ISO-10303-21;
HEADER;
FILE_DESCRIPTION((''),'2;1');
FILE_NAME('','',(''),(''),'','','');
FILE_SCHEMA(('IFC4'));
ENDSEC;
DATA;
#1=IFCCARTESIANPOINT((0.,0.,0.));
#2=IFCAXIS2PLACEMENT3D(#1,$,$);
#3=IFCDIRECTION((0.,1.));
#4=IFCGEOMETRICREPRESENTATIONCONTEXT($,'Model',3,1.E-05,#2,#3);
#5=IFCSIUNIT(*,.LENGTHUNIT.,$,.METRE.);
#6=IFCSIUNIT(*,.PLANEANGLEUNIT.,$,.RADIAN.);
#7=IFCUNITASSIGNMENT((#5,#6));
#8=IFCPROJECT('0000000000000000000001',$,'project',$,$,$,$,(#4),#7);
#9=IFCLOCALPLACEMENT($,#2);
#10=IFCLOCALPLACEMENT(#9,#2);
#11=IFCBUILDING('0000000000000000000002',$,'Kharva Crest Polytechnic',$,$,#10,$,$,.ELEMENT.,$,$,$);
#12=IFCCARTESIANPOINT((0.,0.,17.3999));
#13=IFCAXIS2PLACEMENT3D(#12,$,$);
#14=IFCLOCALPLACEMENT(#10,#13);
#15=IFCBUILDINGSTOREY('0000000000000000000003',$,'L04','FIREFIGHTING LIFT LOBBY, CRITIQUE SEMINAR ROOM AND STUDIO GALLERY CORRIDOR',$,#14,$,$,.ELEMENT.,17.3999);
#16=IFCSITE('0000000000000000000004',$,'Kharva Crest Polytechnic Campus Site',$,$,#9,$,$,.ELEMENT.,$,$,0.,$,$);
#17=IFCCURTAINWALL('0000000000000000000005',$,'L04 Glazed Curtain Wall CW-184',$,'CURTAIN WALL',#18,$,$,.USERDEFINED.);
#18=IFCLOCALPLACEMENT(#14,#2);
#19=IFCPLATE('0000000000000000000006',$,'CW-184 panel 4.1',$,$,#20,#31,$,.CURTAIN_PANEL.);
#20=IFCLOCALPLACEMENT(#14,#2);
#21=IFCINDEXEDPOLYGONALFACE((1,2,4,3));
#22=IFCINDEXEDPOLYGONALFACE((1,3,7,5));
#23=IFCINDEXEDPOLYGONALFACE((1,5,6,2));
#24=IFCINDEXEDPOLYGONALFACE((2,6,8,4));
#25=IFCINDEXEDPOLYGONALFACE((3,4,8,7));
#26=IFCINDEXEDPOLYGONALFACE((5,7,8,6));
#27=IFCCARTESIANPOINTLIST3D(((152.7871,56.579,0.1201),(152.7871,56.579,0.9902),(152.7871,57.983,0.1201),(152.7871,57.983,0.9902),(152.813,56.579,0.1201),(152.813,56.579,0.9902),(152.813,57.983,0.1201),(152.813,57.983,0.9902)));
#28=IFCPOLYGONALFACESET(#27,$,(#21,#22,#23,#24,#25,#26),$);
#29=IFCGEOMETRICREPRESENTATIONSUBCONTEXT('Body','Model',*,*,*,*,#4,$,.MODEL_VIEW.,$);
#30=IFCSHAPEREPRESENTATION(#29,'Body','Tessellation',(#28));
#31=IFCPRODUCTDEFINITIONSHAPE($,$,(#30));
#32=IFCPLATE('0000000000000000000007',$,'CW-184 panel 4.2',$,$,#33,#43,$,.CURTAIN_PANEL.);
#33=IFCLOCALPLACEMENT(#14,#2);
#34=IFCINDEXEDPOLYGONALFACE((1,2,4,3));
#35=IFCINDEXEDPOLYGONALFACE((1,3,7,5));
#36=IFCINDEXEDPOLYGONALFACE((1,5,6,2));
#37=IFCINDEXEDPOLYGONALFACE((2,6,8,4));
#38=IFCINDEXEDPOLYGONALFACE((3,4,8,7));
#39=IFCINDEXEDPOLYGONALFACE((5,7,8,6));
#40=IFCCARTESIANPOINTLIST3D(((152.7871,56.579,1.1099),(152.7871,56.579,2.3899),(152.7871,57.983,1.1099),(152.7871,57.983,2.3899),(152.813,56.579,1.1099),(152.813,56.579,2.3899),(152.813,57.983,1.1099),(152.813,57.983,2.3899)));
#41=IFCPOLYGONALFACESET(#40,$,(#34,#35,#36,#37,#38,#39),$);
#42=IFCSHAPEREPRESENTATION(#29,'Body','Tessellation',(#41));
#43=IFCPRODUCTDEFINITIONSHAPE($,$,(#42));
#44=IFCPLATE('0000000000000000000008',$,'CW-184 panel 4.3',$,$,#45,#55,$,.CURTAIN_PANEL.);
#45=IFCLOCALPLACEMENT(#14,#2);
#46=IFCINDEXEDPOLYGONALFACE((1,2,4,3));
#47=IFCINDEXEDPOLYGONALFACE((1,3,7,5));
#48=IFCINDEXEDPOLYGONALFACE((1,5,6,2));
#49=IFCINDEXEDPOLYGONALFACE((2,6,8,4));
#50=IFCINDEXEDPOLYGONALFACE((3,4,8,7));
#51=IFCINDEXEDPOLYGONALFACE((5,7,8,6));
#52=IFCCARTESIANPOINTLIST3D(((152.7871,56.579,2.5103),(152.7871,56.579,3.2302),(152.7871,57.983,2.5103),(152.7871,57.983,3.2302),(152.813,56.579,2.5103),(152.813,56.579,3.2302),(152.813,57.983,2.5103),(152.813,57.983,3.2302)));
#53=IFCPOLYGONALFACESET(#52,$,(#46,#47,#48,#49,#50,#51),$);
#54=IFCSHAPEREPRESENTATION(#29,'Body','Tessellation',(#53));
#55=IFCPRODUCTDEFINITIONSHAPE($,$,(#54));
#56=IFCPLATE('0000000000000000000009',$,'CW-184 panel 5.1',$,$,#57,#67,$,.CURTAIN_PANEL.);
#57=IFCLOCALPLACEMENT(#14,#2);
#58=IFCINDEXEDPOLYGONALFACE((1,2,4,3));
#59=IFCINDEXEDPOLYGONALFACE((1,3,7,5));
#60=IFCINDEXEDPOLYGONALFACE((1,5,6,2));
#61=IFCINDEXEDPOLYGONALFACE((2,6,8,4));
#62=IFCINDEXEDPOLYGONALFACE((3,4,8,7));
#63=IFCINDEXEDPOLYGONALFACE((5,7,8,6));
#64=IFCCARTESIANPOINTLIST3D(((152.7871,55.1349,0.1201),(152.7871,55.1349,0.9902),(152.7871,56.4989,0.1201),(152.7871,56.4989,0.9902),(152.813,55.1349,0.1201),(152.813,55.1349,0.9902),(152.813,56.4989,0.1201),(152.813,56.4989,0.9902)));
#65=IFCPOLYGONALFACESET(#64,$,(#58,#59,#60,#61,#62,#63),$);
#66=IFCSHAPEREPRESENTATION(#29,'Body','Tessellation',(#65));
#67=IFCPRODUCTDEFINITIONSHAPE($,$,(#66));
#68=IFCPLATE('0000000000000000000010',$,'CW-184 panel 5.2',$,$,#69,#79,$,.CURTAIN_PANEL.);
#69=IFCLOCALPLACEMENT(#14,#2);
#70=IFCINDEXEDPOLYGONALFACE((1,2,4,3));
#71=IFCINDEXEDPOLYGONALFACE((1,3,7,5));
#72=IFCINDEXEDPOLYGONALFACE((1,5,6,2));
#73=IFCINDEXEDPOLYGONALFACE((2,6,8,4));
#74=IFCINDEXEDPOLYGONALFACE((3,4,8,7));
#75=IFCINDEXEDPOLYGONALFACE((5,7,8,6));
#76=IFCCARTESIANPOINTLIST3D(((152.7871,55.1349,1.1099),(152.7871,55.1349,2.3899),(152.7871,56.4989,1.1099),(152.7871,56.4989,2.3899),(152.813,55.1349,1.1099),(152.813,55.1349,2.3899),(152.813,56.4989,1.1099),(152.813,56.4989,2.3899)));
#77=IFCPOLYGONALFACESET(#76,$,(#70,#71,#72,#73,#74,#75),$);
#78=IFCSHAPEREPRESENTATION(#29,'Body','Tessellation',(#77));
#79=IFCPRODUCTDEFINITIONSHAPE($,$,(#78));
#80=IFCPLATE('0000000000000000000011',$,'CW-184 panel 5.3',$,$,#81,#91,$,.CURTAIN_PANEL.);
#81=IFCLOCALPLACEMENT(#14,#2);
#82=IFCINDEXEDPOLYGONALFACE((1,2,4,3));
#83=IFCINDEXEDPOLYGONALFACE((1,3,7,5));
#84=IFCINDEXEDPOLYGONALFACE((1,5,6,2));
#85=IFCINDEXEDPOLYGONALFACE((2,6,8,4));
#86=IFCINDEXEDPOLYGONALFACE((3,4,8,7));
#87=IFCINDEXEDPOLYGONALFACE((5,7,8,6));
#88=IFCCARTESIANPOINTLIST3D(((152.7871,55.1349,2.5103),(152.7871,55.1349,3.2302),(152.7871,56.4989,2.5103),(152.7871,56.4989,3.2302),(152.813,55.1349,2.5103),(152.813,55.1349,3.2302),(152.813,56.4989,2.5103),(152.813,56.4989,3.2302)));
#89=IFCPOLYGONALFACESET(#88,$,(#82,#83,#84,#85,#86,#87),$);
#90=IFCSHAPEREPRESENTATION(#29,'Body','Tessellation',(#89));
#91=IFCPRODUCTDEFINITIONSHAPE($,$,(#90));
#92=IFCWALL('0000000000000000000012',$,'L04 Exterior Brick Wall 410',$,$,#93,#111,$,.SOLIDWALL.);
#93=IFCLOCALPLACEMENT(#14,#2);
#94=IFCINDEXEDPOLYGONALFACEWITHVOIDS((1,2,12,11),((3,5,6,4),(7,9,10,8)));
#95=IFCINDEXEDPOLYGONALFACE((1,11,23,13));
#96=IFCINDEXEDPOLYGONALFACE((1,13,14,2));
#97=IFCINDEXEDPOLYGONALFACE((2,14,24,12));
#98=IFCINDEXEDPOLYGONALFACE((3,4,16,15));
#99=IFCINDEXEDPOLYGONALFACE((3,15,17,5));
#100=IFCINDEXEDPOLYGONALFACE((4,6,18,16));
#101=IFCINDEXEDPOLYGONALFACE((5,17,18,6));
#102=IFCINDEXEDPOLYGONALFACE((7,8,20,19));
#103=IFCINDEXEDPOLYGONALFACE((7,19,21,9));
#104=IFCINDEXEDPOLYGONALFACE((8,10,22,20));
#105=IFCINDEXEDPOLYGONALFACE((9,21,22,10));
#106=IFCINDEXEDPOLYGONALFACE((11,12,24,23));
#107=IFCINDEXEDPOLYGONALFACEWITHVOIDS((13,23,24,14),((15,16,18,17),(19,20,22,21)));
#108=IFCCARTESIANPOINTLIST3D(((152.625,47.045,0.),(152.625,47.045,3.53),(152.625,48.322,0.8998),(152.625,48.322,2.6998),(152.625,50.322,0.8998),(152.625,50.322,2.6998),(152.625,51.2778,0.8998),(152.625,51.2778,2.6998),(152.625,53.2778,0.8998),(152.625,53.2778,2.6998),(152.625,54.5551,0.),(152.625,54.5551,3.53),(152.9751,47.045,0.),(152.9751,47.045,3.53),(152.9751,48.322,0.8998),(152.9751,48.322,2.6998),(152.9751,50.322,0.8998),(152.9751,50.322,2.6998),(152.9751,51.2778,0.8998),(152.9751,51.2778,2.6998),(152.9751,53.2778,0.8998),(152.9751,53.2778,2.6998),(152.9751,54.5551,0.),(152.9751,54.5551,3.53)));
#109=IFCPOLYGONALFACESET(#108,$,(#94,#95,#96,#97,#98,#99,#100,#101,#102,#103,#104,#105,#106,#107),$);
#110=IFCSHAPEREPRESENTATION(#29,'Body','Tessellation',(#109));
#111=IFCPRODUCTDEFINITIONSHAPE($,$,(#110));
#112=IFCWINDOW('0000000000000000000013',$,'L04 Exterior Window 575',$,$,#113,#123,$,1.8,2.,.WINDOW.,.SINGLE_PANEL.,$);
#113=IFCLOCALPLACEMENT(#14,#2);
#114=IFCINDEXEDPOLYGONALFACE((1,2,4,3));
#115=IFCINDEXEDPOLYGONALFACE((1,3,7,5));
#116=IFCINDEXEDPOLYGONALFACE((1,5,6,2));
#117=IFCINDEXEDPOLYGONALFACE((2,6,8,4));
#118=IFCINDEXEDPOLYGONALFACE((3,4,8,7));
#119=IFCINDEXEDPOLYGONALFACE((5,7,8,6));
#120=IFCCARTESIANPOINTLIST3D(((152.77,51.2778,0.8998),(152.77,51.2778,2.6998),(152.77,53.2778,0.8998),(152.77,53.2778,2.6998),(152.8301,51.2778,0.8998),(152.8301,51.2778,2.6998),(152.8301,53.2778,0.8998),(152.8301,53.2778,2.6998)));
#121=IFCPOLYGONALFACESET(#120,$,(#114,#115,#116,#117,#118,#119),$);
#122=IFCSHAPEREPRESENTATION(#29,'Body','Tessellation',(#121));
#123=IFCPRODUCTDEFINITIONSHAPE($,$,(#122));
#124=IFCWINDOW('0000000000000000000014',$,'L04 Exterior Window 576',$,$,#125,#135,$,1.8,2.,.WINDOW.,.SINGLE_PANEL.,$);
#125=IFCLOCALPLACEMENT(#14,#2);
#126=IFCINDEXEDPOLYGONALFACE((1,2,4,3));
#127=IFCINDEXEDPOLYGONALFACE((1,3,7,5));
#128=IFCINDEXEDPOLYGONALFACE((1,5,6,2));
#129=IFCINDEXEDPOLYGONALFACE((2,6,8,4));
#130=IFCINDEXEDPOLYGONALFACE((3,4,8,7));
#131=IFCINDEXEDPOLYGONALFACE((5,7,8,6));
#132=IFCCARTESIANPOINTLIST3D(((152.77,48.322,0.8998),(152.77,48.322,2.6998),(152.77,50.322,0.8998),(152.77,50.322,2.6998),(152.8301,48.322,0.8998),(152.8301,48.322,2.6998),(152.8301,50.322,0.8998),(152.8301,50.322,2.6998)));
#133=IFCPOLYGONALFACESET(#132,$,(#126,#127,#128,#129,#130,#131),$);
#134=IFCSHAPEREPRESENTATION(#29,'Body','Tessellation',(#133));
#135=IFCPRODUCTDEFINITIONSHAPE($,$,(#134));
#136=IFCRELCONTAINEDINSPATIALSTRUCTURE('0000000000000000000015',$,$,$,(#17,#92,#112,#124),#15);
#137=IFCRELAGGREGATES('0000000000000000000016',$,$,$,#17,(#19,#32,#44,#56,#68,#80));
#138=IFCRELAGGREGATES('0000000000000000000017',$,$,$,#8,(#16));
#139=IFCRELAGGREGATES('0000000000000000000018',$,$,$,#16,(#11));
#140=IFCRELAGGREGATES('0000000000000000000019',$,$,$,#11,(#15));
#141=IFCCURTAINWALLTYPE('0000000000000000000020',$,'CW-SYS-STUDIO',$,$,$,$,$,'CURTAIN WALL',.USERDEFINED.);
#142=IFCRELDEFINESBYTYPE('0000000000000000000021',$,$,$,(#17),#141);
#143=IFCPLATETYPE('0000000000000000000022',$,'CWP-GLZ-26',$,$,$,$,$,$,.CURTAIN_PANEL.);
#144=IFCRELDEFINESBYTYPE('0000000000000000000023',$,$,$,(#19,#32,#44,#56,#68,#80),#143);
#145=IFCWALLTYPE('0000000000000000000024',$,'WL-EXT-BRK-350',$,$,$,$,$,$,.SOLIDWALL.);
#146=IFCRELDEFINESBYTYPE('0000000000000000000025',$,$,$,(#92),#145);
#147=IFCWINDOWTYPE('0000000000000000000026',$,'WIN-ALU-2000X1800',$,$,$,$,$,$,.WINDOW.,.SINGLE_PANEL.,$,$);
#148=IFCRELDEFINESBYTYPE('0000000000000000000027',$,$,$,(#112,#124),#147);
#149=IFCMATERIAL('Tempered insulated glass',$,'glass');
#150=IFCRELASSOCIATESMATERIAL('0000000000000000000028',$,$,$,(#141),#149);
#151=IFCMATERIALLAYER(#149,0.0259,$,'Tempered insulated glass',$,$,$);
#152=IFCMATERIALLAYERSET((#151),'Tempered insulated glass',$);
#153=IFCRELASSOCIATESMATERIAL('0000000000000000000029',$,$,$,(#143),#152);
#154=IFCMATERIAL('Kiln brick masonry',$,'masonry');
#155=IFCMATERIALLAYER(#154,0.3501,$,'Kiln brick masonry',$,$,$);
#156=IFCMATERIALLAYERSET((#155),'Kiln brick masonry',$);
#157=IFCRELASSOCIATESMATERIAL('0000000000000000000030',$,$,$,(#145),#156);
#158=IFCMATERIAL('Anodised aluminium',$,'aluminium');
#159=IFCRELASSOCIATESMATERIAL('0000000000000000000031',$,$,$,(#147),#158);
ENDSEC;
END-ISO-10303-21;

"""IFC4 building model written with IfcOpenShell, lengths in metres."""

from ifc_helpers import new_model, si_unit, direction, frame, frame_2d, origin, origin_2d, place, context, subcontext, project, spatial, rectangle, extrude, material, layer, layer_set, type_object, element, fill, aggregate, save


model = new_model("IFC4")

# Units and contexts
model_context = context("Model", 3, precision=1e-05, world=origin(), true_north=direction((0.0, 1.0)))
body_context = subcontext(model_context, "Body", "Model", "MODEL_VIEW")
ifc_project = project(units=[si_unit("LENGTHUNIT", "METRE"), si_unit("PLANEANGLEUNIT", "RADIAN")], contexts=[model_context])

# Site, building, storey
site_placement = place(None, origin())
site = spatial("IfcSite", under=ifc_project, at=site_placement, Name="Kharva Crest Polytechnic Campus Site", CompositionType="ELEMENT", RefElevation=0.0)
building_placement = place(site_placement, origin())
building = spatial("IfcBuilding", under=site, at=building_placement, Name="Kharva Crest Polytechnic", CompositionType="ELEMENT")
storey_placement = place(building_placement, frame((0.0, 0.0, 17.3999)))
storey = spatial("IfcBuildingStorey", under=building, at=storey_placement, Name="L04", Description="FIREFIGHTING LIFT LOBBY, CRITIQUE SEMINAR ROOM AND STUDIO GALLERY CORRIDOR", CompositionType="ELEMENT", Elevation=17.3999)

# Curtain wall, plates
ifc_material_1 = material(Name="Tempered insulated glass", Category="glass")
curtain_wall_type = type_object("IfcCurtainWallType", Name="CW-SYS-STUDIO", ElementType="CURTAIN WALL", PredefinedType="USERDEFINED", material=ifc_material_1)
curtain_wall_placement = place(storey_placement, origin())
curtain_wall = element("IfcCurtainWall", 1, at=curtain_wall_placement, inside=storey, type_object=curtain_wall_type, Name="L04 Glazed Curtain Wall CW-184", ObjectType="CURTAIN WALL", PredefinedType="USERDEFINED")
ifc_layer_1 = layer(ifc_material_1, 0.0259, Name="Tempered insulated glass")
ifc_layer_set_1 = layer_set([ifc_layer_1], Name="Tempered insulated glass")
plate_type = type_object("IfcPlateType", Name="CWP-GLZ-26", PredefinedType="CURTAIN_PANEL", material=ifc_layer_set_1)
plate_1_placement = place(storey_placement, frame((152.8, 57.281, 0.1201), z_axis=(0.0, 0.0, 1.0), x_axis=(0.0, -1.0, 0.0)))
plate_1 = element("IfcPlate", 2, at=plate_1_placement, type_object=plate_type, Name="CW-184 panel 4.1", PredefinedType="CURTAIN_PANEL", context=body_context, shape_type="SweptSolid", body=[
    extrude(rectangle(XDim=1.4041, YDim=0.0259, at=origin_2d()), origin(), (0.0, 0.0, 1.0), 0.8701),
])
plate_2_placement = place(storey_placement, frame((152.8, 57.281, 1.1099), z_axis=(0.0, 0.0, 1.0), x_axis=(0.0, -1.0, 0.0)))
plate_2 = element("IfcPlate", 3, at=plate_2_placement, type_object=plate_type, Name="CW-184 panel 4.2", PredefinedType="CURTAIN_PANEL", context=body_context, shape_type="SweptSolid", body=[
    extrude(rectangle(XDim=1.4041, YDim=0.0259, at=origin_2d()), origin(), (0.0, 0.0, 1.0), 1.28),
])
plate_3_placement = place(storey_placement, frame((152.8, 57.281, 2.5103), z_axis=(0.0, 0.0, 1.0), x_axis=(0.0, -1.0, 0.0)))
plate_3 = element("IfcPlate", 4, at=plate_3_placement, type_object=plate_type, Name="CW-184 panel 4.3", PredefinedType="CURTAIN_PANEL", context=body_context, shape_type="SweptSolid", body=[
    extrude(rectangle(XDim=1.4041, YDim=0.0259, at=origin_2d()), origin(), (0.0, 0.0, 1.0), 0.72),
])
plate_4_placement = place(storey_placement, frame((152.8, 55.8169, 0.1201), z_axis=(0.0, 0.0, 1.0), x_axis=(0.0, -1.0, 0.0)))
plate_4 = element("IfcPlate", 5, at=plate_4_placement, type_object=plate_type, Name="CW-184 panel 5.1", PredefinedType="CURTAIN_PANEL", context=body_context, shape_type="SweptSolid", body=[
    extrude(rectangle(XDim=1.364, YDim=0.0259, at=origin_2d()), origin(), (0.0, 0.0, 1.0), 0.8701),
])
plate_5_placement = place(storey_placement, frame((152.8, 55.8169, 1.1099), z_axis=(0.0, 0.0, 1.0), x_axis=(0.0, -1.0, 0.0)))
plate_5 = element("IfcPlate", 6, at=plate_5_placement, type_object=plate_type, Name="CW-184 panel 5.2", PredefinedType="CURTAIN_PANEL", context=body_context, shape_type="SweptSolid", body=[
    extrude(rectangle(XDim=1.364, YDim=0.0259, at=origin_2d()), origin(), (0.0, 0.0, 1.0), 1.28),
])
plate_6_placement = place(storey_placement, frame((152.8, 55.8169, 2.5103), z_axis=(0.0, 0.0, 1.0), x_axis=(0.0, -1.0, 0.0)))
plate_6 = element("IfcPlate", 7, at=plate_6_placement, type_object=plate_type, Name="CW-184 panel 5.3", PredefinedType="CURTAIN_PANEL", context=body_context, shape_type="SweptSolid", body=[
    extrude(rectangle(XDim=1.364, YDim=0.0259, at=origin_2d()), origin(), (0.0, 0.0, 1.0), 0.72),
])
aggregate(curtain_wall, [plate_1, plate_2, plate_3, plate_4, plate_5, plate_6])

# Wall, openings, windows
ifc_material_2 = material(Name="Kiln brick masonry", Category="masonry")
ifc_layer_2 = layer(ifc_material_2, 0.3501, Name="Kiln brick masonry")
ifc_layer_set_2 = layer_set([ifc_layer_2], Name="Kiln brick masonry")
wall_type = type_object("IfcWallType", Name="WL-EXT-BRK-350", PredefinedType="SOLIDWALL", material=ifc_layer_set_2)
wall_placement = place(storey_placement, frame((152.8, 54.5549, 0.0), z_axis=(0.0, 0.0, 1.0), x_axis=(0.0, -1.0, 0.0)))
wall = element("IfcWall", 8, at=wall_placement, inside=storey, type_object=wall_type, Name="L04 Exterior Brick Wall 410", PredefinedType="SOLIDWALL", context=body_context, shape_type="SweptSolid", body=[
    extrude(rectangle(XDim=7.51, YDim=0.3501, at=frame_2d((3.7549, 0.0))), origin(), (0.0, 0.0, 1.0), 3.53),
])
opening_1_placement = place(wall_placement, frame((1.2771, 0.0, 0.8999)))
opening_1 = element("IfcOpeningElement", 9, at=opening_1_placement, cuts=wall, PredefinedType="OPENING", context=body_context, shape_type="SweptSolid", body=[
    extrude(rectangle(XDim=2.0, YDim=1.8, at=frame_2d((1.0, 0.8999))), frame((0.0, 0.1851, 0.0), z_axis=(0.0, -1.0, 0.0), x_axis=(1.0, 0.0, 0.0)), (0.0, 0.0, 1.0), 0.3701),
])
opening_2_placement = place(wall_placement, frame((4.2329, 0.0, 0.8999)))
opening_2 = element("IfcOpeningElement", 10, at=opening_2_placement, cuts=wall, PredefinedType="OPENING", context=body_context, shape_type="SweptSolid", body=[
    extrude(rectangle(XDim=2.0, YDim=1.8, at=frame_2d((1.0, 0.8999))), frame((0.0, 0.1851, 0.0), z_axis=(0.0, -1.0, 0.0), x_axis=(1.0, 0.0, 0.0)), (0.0, 0.0, 1.0), 0.3701),
])
ifc_material_3 = material(Name="Anodised aluminium", Category="aluminium")
window_type = type_object("IfcWindowType", Name="WIN-ALU-2000X1800", PartitioningType="SINGLE_PANEL", PredefinedType="WINDOW", material=ifc_material_3)
window_1_placement = place(opening_1_placement, origin())
window_1 = element("IfcWindow", 11, at=window_1_placement, inside=storey, type_object=window_type, Name="L04 Exterior Window 575", OverallHeight=1.8, OverallWidth=2.0, PartitioningType="SINGLE_PANEL", PredefinedType="WINDOW", context=body_context, shape_type="SweptSolid", body=[
    extrude(rectangle(XDim=2.0, YDim=1.8, at=frame_2d((1.0, 0.8999))), frame((0.0, 0.03, 0.0), z_axis=(0.0, -1.0, 0.0), x_axis=(1.0, 0.0, 0.0)), (0.0, 0.0, 1.0), 0.0601),
])
fill(opening_1, window_1)
window_2_placement = place(opening_2_placement, origin())
window_2 = element("IfcWindow", 12, at=window_2_placement, inside=storey, type_object=window_type, Name="L04 Exterior Window 576", OverallHeight=1.8, OverallWidth=2.0, PartitioningType="SINGLE_PANEL", PredefinedType="WINDOW", context=body_context, shape_type="SweptSolid", body=[
    extrude(rectangle(XDim=2.0, YDim=1.8, at=frame_2d((1.0, 0.8999))), frame((0.0, 0.03, 0.0), z_axis=(0.0, -1.0, 0.0), x_axis=(1.0, 0.0, 0.0)), (0.0, 0.0, 1.0), 0.0601),
])
fill(opening_2, window_2)

save(model, "model.ifc")
